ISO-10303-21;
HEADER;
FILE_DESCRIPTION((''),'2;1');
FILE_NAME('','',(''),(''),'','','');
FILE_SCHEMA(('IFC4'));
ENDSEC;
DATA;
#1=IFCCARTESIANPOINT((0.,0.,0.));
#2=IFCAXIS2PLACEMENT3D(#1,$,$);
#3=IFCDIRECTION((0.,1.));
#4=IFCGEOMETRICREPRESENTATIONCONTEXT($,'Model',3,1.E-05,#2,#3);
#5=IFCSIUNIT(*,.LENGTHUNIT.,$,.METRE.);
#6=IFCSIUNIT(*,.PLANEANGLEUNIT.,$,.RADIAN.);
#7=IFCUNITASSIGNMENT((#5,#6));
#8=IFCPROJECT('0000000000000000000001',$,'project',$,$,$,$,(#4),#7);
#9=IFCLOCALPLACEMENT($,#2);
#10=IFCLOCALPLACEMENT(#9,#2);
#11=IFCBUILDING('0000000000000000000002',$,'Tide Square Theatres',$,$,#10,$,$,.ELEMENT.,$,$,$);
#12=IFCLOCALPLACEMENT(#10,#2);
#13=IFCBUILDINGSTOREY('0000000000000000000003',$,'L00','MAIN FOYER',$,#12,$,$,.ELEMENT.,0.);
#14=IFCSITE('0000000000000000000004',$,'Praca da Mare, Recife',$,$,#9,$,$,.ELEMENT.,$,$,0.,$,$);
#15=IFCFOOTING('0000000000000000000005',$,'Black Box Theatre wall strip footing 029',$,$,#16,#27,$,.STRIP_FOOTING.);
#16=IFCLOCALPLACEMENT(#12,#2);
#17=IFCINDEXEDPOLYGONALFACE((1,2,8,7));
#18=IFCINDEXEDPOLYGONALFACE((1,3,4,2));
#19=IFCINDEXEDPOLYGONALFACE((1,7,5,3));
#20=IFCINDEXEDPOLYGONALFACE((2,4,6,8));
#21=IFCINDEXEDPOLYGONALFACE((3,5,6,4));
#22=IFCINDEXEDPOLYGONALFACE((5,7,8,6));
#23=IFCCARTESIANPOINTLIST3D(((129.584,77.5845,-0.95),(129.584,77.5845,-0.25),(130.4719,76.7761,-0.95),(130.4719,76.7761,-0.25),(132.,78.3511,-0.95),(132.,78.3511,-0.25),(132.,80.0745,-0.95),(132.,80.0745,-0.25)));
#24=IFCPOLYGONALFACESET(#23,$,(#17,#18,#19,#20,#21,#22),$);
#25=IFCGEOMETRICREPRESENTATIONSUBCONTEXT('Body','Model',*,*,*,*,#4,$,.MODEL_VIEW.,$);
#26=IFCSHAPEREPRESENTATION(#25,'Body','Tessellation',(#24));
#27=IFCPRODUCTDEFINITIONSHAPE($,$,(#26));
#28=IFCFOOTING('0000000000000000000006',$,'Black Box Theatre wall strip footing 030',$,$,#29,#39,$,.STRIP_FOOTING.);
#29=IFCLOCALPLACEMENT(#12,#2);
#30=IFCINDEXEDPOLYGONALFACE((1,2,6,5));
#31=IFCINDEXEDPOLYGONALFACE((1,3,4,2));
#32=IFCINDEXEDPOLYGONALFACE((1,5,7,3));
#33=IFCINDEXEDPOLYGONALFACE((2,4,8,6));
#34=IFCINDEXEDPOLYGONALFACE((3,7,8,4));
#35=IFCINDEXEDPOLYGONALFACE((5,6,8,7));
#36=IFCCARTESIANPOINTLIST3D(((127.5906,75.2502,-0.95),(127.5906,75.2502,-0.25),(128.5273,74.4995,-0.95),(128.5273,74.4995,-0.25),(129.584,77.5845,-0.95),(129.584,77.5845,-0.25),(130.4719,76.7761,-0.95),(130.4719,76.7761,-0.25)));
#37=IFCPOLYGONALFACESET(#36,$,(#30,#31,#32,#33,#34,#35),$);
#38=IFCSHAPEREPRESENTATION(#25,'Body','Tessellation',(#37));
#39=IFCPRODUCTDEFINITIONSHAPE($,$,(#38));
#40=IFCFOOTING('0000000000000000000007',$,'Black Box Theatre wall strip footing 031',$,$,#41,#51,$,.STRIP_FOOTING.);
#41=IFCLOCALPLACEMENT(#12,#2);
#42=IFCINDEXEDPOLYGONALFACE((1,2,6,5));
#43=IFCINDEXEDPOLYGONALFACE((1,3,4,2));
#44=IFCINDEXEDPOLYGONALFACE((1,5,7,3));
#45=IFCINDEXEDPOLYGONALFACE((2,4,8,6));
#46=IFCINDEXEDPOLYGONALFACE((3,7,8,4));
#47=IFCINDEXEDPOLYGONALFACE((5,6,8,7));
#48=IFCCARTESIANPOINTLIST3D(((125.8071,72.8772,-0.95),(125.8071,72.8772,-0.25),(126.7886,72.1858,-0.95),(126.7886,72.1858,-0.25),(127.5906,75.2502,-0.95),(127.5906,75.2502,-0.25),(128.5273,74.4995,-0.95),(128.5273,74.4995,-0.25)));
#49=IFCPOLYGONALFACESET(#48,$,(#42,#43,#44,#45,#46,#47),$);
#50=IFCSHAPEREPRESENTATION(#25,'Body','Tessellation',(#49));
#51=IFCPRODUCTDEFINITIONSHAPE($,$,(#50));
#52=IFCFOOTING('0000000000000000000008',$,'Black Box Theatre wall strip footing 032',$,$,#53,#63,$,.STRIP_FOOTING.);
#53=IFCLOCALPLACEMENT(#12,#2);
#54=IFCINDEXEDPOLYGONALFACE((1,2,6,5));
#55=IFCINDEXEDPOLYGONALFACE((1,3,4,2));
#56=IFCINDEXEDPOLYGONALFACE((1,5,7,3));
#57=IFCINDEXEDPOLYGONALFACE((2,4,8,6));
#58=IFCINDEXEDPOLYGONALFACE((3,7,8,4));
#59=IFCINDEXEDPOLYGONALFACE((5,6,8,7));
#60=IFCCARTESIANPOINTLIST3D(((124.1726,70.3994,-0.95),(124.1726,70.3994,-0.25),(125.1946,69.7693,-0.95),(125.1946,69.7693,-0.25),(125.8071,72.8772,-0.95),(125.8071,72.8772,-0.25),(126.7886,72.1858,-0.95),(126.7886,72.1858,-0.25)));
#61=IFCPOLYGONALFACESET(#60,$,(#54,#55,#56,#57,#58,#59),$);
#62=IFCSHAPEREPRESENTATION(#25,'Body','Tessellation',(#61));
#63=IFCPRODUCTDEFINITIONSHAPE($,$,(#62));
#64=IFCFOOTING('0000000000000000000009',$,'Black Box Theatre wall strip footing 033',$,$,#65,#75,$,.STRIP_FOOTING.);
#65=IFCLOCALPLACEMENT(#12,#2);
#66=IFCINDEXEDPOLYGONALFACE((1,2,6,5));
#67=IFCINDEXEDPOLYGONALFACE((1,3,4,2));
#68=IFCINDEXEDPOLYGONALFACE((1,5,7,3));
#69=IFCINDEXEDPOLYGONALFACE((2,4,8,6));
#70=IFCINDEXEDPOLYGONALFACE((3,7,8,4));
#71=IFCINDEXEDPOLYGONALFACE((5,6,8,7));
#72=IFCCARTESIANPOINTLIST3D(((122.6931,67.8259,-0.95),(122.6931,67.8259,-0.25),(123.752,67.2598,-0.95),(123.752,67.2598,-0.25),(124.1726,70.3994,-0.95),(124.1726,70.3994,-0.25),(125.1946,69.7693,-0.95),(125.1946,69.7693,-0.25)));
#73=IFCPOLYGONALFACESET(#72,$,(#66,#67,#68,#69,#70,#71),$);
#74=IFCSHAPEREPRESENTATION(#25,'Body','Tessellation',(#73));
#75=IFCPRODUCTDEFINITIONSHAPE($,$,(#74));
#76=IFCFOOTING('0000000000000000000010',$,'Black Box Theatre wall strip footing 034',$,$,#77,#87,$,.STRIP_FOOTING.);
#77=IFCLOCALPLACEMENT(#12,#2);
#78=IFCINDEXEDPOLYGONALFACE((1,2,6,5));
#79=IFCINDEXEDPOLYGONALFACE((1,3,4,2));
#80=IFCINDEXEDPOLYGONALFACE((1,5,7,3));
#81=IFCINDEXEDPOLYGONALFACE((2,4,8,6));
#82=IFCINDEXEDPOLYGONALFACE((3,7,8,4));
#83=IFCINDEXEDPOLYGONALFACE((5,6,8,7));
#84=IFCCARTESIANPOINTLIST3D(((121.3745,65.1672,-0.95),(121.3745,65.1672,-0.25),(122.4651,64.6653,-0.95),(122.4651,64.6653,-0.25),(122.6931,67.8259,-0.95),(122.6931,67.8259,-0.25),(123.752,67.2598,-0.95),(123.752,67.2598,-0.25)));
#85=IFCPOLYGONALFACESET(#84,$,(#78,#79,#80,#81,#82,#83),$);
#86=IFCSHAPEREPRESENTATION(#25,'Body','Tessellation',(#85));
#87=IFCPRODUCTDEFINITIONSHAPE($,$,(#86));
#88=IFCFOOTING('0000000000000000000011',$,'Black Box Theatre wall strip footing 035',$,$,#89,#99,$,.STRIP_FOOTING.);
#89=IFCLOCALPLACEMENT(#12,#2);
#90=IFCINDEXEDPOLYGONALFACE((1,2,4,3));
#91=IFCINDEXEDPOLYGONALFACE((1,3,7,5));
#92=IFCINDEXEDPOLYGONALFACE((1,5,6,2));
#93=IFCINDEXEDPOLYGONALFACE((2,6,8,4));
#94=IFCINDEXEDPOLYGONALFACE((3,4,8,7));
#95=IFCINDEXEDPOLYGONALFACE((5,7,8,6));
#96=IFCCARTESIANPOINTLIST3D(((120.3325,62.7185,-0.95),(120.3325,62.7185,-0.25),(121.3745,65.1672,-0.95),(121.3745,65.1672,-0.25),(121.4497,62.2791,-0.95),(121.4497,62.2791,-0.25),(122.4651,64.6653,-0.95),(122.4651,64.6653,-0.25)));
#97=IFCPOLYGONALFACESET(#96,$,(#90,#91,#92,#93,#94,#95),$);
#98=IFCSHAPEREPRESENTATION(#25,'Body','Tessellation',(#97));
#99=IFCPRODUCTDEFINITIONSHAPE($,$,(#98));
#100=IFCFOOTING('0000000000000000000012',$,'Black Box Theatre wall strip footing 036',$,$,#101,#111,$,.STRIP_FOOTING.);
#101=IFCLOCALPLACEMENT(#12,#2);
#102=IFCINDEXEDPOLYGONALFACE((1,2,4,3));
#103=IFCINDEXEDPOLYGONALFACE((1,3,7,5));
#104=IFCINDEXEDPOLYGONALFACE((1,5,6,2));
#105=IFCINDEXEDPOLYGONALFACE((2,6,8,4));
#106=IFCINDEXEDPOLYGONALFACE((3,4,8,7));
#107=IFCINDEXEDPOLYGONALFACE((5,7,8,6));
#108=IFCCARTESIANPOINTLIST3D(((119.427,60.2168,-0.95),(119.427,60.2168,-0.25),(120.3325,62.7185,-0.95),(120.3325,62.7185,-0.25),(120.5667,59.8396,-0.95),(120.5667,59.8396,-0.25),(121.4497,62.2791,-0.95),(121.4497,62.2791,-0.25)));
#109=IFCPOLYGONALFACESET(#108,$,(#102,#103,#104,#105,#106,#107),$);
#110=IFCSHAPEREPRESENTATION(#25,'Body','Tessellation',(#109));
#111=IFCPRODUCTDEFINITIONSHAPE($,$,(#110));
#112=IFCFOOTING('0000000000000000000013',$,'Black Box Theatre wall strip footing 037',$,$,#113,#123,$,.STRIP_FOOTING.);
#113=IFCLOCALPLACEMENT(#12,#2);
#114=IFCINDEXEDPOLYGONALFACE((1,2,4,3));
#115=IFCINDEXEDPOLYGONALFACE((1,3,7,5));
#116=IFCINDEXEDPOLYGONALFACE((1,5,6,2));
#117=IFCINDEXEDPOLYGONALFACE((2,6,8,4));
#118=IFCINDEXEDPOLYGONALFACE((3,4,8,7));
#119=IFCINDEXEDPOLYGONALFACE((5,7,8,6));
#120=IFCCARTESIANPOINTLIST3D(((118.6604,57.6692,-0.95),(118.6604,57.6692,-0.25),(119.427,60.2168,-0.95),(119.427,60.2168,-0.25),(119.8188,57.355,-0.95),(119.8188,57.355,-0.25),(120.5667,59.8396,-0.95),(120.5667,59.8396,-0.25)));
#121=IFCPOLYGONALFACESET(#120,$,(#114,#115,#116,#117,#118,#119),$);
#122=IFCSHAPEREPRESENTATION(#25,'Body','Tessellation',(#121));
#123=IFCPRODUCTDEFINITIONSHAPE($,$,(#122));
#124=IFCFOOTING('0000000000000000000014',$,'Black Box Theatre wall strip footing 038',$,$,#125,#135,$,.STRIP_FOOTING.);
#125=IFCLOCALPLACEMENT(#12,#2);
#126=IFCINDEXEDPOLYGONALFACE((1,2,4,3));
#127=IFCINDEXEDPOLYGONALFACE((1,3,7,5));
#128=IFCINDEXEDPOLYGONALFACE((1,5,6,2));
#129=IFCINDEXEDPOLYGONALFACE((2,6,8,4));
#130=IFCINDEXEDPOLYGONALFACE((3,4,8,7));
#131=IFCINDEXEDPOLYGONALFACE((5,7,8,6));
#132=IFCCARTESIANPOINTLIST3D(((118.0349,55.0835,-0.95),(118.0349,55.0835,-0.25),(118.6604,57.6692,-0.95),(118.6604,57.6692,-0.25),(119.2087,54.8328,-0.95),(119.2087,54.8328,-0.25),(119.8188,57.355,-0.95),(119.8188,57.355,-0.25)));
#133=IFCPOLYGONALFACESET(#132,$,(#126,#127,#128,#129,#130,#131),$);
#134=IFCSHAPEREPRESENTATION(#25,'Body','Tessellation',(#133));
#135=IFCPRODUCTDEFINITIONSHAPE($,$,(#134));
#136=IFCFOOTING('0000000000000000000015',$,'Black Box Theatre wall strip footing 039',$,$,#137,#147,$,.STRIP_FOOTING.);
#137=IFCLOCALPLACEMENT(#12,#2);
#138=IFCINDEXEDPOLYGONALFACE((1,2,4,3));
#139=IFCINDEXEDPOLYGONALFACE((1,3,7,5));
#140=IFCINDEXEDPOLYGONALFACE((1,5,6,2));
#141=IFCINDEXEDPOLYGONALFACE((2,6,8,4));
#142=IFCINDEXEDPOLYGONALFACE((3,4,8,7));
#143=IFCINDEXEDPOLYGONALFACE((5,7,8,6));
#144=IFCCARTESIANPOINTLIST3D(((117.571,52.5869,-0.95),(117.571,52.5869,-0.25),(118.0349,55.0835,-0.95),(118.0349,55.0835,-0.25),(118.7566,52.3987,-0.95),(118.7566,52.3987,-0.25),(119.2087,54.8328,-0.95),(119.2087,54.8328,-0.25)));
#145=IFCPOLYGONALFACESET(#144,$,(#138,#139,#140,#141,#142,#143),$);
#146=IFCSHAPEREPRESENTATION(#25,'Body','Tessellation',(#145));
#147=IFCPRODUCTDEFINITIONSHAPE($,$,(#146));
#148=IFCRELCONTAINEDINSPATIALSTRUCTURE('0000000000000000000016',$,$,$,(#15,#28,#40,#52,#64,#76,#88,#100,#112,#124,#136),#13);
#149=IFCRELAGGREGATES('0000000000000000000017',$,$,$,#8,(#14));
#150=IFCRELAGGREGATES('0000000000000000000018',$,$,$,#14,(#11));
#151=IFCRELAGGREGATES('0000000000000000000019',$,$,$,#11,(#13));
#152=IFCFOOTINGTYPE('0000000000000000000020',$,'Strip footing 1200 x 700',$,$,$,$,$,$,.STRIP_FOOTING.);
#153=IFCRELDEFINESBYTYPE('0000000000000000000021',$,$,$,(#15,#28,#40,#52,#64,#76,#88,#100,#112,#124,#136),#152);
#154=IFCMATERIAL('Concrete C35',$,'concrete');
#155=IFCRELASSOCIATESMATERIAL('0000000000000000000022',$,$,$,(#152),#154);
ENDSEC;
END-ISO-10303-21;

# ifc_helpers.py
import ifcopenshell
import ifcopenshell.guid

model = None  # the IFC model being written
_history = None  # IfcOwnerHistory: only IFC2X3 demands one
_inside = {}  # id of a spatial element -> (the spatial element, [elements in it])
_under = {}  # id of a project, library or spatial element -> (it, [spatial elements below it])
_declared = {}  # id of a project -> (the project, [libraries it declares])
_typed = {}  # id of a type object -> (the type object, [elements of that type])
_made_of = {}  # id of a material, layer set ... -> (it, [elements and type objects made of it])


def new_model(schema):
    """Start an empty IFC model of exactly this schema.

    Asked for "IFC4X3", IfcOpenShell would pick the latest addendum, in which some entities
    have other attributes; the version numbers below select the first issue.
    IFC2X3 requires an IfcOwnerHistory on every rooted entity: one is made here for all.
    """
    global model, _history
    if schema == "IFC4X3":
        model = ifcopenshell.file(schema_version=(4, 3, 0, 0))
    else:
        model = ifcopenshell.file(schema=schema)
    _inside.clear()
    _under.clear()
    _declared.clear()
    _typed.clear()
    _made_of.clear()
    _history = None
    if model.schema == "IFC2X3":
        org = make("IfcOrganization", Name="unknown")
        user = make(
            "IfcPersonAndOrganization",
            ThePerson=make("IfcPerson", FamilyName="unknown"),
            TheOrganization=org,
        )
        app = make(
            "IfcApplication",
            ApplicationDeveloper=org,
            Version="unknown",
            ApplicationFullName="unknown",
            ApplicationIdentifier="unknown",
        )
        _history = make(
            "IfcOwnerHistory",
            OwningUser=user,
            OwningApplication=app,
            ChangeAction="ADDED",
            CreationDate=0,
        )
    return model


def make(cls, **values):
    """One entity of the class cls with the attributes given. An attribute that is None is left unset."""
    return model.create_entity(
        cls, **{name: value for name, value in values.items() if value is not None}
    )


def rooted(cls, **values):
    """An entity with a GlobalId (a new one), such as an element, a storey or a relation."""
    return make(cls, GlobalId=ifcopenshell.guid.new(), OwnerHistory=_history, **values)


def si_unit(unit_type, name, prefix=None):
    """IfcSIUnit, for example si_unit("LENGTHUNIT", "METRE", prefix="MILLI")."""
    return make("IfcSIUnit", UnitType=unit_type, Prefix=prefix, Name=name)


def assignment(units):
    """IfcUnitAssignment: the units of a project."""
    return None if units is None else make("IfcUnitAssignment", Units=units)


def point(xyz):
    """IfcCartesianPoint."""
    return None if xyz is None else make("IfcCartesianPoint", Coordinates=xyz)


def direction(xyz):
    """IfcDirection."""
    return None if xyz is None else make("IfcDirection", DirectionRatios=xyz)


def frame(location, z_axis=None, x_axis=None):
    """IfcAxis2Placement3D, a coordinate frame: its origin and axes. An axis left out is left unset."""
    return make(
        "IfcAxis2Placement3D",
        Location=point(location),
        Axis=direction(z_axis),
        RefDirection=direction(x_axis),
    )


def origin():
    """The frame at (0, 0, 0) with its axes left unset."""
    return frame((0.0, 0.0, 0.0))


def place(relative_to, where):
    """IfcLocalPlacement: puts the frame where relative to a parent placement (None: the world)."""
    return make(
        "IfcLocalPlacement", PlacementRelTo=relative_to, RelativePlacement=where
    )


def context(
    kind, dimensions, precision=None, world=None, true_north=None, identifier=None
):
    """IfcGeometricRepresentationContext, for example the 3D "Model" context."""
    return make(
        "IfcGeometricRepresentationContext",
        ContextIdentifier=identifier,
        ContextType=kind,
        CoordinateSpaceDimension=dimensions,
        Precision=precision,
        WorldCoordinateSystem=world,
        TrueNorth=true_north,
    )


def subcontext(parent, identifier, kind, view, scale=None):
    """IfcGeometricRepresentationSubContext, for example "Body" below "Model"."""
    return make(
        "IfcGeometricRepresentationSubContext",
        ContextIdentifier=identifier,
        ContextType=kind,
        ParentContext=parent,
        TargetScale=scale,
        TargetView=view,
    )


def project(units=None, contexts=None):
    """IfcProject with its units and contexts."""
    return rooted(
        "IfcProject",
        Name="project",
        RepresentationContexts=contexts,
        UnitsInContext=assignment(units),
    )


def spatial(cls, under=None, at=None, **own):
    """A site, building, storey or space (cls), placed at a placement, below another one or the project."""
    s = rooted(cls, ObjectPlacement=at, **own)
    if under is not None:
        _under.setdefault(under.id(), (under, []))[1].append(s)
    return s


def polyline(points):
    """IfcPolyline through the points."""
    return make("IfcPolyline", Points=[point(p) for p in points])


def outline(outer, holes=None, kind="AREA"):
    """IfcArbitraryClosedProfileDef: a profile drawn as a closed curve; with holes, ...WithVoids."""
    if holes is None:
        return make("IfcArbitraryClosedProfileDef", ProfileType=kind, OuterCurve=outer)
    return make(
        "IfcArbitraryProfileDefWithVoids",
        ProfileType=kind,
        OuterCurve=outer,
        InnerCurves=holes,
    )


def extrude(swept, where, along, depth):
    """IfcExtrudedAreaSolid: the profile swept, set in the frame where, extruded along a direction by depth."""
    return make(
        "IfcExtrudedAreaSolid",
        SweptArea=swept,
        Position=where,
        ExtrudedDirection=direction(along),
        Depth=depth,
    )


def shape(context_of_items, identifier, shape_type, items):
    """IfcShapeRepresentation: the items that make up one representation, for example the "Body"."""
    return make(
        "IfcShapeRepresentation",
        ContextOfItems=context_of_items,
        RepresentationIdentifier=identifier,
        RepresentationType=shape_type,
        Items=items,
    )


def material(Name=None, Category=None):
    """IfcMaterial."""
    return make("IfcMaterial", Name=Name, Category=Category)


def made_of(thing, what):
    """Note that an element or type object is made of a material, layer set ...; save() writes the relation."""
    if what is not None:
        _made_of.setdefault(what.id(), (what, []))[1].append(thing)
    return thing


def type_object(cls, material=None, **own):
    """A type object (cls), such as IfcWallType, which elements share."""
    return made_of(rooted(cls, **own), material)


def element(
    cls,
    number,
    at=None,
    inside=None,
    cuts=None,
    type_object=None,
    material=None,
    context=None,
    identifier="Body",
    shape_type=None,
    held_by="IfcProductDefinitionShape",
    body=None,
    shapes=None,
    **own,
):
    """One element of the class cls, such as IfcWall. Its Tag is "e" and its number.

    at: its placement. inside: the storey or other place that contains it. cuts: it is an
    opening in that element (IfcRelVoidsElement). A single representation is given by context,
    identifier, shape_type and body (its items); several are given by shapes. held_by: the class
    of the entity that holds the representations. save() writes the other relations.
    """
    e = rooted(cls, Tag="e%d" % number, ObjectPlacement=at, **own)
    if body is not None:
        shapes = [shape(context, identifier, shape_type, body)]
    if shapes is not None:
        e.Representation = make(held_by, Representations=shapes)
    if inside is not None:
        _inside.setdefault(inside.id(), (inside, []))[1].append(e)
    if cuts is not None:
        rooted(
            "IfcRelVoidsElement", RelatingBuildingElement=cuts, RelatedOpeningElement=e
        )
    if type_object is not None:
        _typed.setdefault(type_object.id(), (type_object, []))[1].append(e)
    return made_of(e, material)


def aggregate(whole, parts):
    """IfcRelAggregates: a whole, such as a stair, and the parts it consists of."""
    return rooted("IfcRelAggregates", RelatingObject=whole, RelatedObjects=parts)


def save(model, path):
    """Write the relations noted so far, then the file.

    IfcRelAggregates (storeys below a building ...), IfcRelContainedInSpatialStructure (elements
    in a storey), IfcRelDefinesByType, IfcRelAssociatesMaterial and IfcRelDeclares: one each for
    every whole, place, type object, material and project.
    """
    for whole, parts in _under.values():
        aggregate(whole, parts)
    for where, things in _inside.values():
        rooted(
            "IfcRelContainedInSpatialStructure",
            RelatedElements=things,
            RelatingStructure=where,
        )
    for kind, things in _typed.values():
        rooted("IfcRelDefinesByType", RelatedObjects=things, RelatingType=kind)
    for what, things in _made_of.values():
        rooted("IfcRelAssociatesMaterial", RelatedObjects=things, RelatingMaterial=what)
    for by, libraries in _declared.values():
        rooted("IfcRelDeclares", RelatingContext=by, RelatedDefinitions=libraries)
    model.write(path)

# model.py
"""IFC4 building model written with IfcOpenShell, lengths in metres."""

from ifc_helpers import new_model, si_unit, direction, frame, origin, place, context, subcontext, project, spatial, polyline, outline, extrude, material, type_object, element, save


model = new_model("IFC4")

# Units and contexts
model_context = context("Model", 3, precision=1e-05, world=origin(), true_north=direction((0.0, 1.0)))
body_context = subcontext(model_context, "Body", "Model", "MODEL_VIEW")
ifc_project = project(units=[si_unit("LENGTHUNIT", "METRE"), si_unit("PLANEANGLEUNIT", "RADIAN")], contexts=[model_context])

# Site, building, storey
site_placement = place(None, origin())
site = spatial("IfcSite", under=ifc_project, at=site_placement, Name="Praca da Mare, Recife", CompositionType="ELEMENT", RefElevation=0.0)
building_placement = place(site_placement, origin())
building = spatial("IfcBuilding", under=site, at=building_placement, Name="Tide Square Theatres", CompositionType="ELEMENT")
storey_placement = place(building_placement, origin())
storey = spatial("IfcBuildingStorey", under=building, at=storey_placement, Name="L00", Description="MAIN FOYER", CompositionType="ELEMENT", Elevation=0.0)

# Footings
ifc_material = material(Name="Concrete C35", Category="concrete")
footing_type = type_object("IfcFootingType", Name="Strip footing 1200 x 700", PredefinedType="STRIP_FOOTING", material=ifc_material)
footing_1_placement = place(storey_placement, frame((0.0, 0.0, -0.95)))
element("IfcFooting", 1, at=footing_1_placement, inside=storey, type_object=footing_type, Name="Black Box Theatre wall strip footing 029", PredefinedType="STRIP_FOOTING", context=body_context, shape_type="SweptSolid", body=[
    extrude(outline(polyline([(132.0, 80.0745), (129.584, 77.5845), (130.4719, 76.7761), (132.0, 78.3511), (132.0, 80.0745)])), origin(), (0.0, 0.0, 1.0), 0.7),
])
footing_2_placement = place(storey_placement, frame((0.0, 0.0, -0.95)))
element("IfcFooting", 2, at=footing_2_placement, inside=storey, type_object=footing_type, Name="Black Box Theatre wall strip footing 030", PredefinedType="STRIP_FOOTING", context=body_context, shape_type="SweptSolid", body=[
    extrude(outline(polyline([(129.584, 77.5845), (127.5906, 75.2502), (128.5273, 74.4995), (130.4719, 76.7761), (129.584, 77.5845)])), origin(), (0.0, 0.0, 1.0), 0.7),
])
footing_3_placement = place(storey_placement, frame((0.0, 0.0, -0.95)))
element("IfcFooting", 3, at=footing_3_placement, inside=storey, type_object=footing_type, Name="Black Box Theatre wall strip footing 031", PredefinedType="STRIP_FOOTING", context=body_context, shape_type="SweptSolid", body=[
    extrude(outline(polyline([(127.5906, 75.2502), (125.8071, 72.8772), (126.7886, 72.1858), (128.5273, 74.4995), (127.5906, 75.2502)])), origin(), (0.0, 0.0, 1.0), 0.7),
])
footing_4_placement = place(storey_placement, frame((0.0, 0.0, -0.95)))
element("IfcFooting", 4, at=footing_4_placement, inside=storey, type_object=footing_type, Name="Black Box Theatre wall strip footing 032", PredefinedType="STRIP_FOOTING", context=body_context, shape_type="SweptSolid", body=[
    extrude(outline(polyline([(125.8071, 72.8772), (124.1726, 70.3994), (125.1946, 69.7693), (126.7886, 72.1858), (125.8071, 72.8772)])), origin(), (0.0, 0.0, 1.0), 0.7),
])
footing_5_placement = place(storey_placement, frame((0.0, 0.0, -0.95)))
element("IfcFooting", 5, at=footing_5_placement, inside=storey, type_object=footing_type, Name="Black Box Theatre wall strip footing 033", PredefinedType="STRIP_FOOTING", context=body_context, shape_type="SweptSolid", body=[
    extrude(outline(polyline([(124.1726, 70.3994), (122.6931, 67.8259), (123.752, 67.2598), (125.1946, 69.7693), (124.1726, 70.3994)])), origin(), (0.0, 0.0, 1.0), 0.7),
])
footing_6_placement = place(storey_placement, frame((0.0, 0.0, -0.95)))
element("IfcFooting", 6, at=footing_6_placement, inside=storey, type_object=footing_type, Name="Black Box Theatre wall strip footing 034", PredefinedType="STRIP_FOOTING", context=body_context, shape_type="SweptSolid", body=[
    extrude(outline(polyline([(122.6931, 67.8259), (121.3745, 65.1672), (122.4651, 64.6653), (123.752, 67.2598), (122.6931, 67.8259)])), origin(), (0.0, 0.0, 1.0), 0.7),
])
footing_7_placement = place(storey_placement, frame((0.0, 0.0, -0.95)))
element("IfcFooting", 7, at=footing_7_placement, inside=storey, type_object=footing_type, Name="Black Box Theatre wall strip footing 035", PredefinedType="STRIP_FOOTING", context=body_context, shape_type="SweptSolid", body=[
    extrude(outline(polyline([(121.3745, 65.1672), (120.3325, 62.7185), (121.4497, 62.2791), (122.4651, 64.6653), (121.3745, 65.1672)])), origin(), (0.0, 0.0, 1.0), 0.7),
])
footing_8_placement = place(storey_placement, frame((0.0, 0.0, -0.95)))
element("IfcFooting", 8, at=footing_8_placement, inside=storey, type_object=footing_type, Name="Black Box Theatre wall strip footing 036", PredefinedType="STRIP_FOOTING", context=body_context, shape_type="SweptSolid", body=[
    extrude(outline(polyline([(120.3325, 62.7185), (119.427, 60.2168), (120.5667, 59.8396), (121.4497, 62.2791), (120.3325, 62.7185)])), origin(), (0.0, 0.0, 1.0), 0.7),
])
footing_9_placement = place(storey_placement, frame((0.0, 0.0, -0.95)))
element("IfcFooting", 9, at=footing_9_placement, inside=storey, type_object=footing_type, Name="Black Box Theatre wall strip footing 037", PredefinedType="STRIP_FOOTING", context=body_context, shape_type="SweptSolid", body=[
    extrude(outline(polyline([(119.427, 60.2168), (118.6604, 57.6692), (119.8188, 57.355), (120.5667, 59.8396), (119.427, 60.2168)])), origin(), (0.0, 0.0, 1.0), 0.7),
])
footing_10_placement = place(storey_placement, frame((0.0, 0.0, -0.95)))
element("IfcFooting", 10, at=footing_10_placement, inside=storey, type_object=footing_type, Name="Black Box Theatre wall strip footing 038", PredefinedType="STRIP_FOOTING", context=body_context, shape_type="SweptSolid", body=[
    extrude(outline(polyline([(118.6604, 57.6692), (118.0349, 55.0835), (119.2087, 54.8328), (119.8188, 57.355), (118.6604, 57.6692)])), origin(), (0.0, 0.0, 1.0), 0.7),
])
footing_11_placement = place(storey_placement, frame((0.0, 0.0, -0.95)))
element("IfcFooting", 11, at=footing_11_placement, inside=storey, type_object=footing_type, Name="Black Box Theatre wall strip footing 039", PredefinedType="STRIP_FOOTING", context=body_context, shape_type="SweptSolid", body=[
    extrude(outline(polyline([(118.0349, 55.0835), (117.571, 52.5869), (118.7566, 52.3987), (119.2087, 54.8328), (118.0349, 55.0835)])), origin(), (0.0, 0.0, 1.0), 0.7),
])

save(model, "model.ifc")
